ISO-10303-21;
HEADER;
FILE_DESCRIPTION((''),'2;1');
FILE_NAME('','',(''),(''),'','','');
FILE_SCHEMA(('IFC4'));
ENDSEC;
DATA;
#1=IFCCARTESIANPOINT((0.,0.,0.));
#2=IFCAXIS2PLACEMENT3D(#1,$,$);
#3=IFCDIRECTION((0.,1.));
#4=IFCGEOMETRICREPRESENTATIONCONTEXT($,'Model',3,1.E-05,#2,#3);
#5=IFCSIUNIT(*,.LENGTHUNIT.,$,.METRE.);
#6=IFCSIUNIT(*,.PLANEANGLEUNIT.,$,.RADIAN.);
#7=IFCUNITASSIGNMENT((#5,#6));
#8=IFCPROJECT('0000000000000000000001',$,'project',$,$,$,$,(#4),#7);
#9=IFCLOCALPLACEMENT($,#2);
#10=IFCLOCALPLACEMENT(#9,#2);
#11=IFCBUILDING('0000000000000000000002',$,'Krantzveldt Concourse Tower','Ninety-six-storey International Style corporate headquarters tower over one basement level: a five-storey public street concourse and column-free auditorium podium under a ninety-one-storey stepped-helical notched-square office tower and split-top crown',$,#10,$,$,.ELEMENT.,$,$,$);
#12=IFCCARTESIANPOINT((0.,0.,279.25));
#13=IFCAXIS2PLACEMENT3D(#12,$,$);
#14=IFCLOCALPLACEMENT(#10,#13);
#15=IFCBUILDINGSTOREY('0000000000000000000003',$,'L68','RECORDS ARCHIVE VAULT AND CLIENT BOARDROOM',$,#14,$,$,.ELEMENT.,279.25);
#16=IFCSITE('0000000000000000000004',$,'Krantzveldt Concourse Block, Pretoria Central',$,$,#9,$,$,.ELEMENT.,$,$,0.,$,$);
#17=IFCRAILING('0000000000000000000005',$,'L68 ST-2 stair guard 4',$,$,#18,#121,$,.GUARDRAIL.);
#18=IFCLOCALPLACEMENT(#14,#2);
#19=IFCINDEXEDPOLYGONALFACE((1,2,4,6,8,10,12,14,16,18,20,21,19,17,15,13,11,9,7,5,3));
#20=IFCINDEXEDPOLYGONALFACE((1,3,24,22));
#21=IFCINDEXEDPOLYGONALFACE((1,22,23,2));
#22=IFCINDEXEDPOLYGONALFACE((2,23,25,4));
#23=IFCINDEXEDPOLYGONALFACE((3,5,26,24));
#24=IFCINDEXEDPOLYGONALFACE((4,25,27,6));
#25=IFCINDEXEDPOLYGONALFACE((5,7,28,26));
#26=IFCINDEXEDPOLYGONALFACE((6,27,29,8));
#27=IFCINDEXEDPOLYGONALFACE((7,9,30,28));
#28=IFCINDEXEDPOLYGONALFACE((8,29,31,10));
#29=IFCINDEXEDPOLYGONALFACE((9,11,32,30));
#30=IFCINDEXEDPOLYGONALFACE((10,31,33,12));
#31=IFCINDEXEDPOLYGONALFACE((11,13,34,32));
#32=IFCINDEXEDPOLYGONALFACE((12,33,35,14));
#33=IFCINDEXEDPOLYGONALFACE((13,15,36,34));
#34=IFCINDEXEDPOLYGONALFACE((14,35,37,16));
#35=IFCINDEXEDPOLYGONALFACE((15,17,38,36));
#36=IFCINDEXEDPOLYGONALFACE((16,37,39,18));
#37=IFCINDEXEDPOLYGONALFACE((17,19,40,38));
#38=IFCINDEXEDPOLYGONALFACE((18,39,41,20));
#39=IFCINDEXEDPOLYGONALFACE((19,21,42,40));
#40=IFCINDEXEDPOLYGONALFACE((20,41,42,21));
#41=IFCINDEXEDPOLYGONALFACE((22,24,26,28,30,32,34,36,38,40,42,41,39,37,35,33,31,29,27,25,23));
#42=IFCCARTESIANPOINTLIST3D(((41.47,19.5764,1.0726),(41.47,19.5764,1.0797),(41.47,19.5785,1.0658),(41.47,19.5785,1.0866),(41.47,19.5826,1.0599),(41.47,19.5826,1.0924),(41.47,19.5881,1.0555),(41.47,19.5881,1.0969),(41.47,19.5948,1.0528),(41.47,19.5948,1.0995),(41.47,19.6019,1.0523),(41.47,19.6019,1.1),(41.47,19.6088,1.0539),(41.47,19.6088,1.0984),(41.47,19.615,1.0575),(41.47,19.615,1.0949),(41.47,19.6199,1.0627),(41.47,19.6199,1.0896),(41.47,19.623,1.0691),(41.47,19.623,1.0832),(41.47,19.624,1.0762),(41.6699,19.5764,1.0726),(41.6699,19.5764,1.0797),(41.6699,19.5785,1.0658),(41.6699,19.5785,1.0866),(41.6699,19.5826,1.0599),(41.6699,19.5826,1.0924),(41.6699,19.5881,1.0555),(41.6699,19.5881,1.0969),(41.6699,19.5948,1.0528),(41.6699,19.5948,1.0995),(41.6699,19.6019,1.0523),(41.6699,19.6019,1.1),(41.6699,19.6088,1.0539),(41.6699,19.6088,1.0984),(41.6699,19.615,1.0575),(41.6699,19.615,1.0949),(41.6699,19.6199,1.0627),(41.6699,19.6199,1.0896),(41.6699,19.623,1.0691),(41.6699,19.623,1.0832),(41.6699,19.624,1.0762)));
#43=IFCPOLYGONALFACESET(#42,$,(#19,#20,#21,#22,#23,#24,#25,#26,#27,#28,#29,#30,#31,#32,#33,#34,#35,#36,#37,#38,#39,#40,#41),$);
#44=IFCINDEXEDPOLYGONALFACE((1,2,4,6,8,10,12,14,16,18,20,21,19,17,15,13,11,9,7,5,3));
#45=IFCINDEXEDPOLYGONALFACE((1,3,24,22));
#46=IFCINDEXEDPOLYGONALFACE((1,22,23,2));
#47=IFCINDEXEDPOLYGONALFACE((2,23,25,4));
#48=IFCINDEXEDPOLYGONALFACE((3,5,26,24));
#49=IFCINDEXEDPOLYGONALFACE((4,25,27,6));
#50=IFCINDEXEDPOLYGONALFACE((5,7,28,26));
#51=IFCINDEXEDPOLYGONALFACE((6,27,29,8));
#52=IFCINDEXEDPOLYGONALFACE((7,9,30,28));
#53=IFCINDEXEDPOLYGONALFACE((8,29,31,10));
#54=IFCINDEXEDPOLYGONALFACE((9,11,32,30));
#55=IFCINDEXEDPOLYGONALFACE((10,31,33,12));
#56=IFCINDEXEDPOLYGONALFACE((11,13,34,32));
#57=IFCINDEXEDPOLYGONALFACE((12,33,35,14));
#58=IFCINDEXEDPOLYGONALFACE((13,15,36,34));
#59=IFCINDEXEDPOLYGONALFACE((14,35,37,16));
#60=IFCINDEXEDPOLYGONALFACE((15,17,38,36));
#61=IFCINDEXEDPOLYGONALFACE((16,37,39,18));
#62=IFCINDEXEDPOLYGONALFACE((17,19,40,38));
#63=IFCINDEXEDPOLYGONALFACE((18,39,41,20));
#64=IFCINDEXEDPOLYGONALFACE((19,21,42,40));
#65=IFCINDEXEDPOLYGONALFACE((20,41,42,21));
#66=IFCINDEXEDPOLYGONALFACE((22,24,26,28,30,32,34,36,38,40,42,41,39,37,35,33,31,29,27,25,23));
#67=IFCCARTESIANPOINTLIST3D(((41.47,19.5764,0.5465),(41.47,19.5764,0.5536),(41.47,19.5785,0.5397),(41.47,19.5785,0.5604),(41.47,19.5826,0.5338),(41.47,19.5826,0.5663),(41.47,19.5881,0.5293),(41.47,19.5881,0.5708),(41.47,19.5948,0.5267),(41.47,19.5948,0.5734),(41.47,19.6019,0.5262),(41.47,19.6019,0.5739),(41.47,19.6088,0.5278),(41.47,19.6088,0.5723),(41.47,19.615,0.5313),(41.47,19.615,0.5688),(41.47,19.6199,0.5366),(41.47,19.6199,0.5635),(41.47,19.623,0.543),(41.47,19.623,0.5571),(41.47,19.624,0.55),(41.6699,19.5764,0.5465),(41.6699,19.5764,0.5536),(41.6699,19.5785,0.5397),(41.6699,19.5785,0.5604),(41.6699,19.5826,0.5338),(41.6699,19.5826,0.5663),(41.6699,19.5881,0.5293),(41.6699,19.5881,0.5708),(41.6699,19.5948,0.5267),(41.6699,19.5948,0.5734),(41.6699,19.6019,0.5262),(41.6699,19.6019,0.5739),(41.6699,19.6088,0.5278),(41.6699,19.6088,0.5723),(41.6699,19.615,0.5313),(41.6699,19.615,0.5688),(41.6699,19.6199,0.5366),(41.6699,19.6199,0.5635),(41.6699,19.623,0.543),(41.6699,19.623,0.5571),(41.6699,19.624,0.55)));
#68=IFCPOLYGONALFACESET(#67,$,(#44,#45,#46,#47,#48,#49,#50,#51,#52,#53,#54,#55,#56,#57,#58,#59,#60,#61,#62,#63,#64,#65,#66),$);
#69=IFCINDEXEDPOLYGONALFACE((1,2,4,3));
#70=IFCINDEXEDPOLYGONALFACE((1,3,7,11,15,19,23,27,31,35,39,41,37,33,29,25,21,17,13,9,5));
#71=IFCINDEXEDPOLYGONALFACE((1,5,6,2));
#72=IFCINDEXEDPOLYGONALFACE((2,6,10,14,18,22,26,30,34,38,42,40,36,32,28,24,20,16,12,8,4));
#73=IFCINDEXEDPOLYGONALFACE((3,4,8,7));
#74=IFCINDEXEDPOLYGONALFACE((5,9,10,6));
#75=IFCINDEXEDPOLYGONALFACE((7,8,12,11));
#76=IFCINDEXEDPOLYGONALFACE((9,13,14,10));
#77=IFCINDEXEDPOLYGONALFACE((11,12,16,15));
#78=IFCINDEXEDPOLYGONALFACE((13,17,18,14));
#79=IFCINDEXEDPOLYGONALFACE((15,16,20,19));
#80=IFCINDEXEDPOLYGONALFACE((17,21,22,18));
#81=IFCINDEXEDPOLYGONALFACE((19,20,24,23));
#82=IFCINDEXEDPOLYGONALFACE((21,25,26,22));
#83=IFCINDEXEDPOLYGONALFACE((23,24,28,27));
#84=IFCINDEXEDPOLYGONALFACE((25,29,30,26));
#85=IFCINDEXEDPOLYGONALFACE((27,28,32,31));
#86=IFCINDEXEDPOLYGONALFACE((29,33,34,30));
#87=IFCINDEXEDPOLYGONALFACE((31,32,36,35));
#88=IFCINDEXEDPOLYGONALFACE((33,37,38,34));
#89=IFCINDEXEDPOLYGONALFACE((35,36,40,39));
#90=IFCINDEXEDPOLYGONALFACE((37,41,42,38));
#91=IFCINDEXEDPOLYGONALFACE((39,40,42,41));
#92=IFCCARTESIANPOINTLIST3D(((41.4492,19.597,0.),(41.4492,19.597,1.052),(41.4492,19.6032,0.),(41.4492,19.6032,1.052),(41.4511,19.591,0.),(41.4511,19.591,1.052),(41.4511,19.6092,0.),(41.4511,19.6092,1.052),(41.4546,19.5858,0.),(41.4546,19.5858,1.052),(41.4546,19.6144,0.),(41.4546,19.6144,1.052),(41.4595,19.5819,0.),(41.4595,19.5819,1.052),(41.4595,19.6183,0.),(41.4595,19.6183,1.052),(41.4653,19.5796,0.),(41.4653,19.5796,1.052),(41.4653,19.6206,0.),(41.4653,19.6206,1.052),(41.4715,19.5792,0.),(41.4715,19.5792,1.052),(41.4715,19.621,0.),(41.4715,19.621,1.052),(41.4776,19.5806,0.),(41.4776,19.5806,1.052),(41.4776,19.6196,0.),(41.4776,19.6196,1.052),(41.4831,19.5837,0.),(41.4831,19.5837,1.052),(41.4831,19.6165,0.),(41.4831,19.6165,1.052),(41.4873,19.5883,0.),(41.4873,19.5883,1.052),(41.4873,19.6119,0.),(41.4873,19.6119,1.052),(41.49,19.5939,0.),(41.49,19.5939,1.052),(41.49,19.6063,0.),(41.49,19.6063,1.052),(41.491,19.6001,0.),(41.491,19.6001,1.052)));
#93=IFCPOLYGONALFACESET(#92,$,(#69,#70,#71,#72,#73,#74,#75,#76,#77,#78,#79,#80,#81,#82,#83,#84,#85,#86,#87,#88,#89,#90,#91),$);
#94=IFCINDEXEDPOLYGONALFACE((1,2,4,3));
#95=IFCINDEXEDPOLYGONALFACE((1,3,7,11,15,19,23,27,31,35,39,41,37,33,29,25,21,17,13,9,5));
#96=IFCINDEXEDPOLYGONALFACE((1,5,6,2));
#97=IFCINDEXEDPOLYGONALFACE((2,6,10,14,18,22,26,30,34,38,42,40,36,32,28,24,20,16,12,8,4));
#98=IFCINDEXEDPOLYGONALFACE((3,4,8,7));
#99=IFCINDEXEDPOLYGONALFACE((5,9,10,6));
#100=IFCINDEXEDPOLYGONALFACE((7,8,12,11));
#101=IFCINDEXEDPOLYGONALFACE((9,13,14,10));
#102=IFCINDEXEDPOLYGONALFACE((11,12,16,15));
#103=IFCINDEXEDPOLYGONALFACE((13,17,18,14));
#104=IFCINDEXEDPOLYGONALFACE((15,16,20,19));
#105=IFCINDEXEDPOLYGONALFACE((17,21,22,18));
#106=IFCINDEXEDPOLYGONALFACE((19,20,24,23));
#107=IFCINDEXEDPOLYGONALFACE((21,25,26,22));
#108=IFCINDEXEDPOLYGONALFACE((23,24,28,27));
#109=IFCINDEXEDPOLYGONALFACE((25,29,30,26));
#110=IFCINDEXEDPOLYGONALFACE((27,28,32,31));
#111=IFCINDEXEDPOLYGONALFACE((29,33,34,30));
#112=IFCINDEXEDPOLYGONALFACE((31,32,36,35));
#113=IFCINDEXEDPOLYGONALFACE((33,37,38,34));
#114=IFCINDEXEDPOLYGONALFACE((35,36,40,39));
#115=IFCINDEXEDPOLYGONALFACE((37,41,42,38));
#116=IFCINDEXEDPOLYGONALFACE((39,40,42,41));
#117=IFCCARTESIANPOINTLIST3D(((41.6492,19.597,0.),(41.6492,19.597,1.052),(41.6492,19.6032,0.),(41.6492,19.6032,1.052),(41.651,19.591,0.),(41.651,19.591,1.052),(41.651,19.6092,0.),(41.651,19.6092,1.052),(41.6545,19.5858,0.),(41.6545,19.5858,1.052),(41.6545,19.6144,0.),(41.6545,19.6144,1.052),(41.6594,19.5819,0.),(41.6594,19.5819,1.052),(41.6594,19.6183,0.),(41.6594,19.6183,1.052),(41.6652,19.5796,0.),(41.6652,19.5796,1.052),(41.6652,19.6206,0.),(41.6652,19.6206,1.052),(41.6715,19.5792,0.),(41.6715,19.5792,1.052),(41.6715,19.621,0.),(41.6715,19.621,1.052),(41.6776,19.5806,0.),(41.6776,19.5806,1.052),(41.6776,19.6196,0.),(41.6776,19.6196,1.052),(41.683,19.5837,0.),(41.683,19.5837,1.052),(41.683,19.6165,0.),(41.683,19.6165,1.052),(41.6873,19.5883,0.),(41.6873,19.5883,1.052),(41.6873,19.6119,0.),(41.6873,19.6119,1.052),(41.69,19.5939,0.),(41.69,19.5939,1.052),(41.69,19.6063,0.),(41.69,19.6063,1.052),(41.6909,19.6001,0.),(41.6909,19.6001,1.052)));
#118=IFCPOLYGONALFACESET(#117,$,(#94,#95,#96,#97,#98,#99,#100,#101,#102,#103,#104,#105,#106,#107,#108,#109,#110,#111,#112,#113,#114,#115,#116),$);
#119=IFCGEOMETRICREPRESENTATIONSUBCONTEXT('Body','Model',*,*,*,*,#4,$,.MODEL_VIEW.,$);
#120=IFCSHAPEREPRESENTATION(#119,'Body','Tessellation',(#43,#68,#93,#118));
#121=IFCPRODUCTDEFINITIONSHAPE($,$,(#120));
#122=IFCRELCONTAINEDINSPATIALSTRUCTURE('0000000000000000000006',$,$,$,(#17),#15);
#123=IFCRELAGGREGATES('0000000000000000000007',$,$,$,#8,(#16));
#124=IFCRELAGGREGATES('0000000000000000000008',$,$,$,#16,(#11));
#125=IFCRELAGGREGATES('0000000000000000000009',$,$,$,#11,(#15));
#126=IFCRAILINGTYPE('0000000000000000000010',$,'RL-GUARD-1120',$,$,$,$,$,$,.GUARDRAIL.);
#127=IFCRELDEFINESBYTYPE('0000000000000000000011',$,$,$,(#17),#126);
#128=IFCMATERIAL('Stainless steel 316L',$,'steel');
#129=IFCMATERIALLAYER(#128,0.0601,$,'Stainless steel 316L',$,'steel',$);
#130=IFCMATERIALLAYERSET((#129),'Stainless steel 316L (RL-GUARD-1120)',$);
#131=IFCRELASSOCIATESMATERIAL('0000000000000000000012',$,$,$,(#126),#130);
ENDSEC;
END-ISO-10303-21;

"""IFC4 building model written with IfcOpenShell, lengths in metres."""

from ifc_helpers import new_model, si_unit, direction, frame, origin, origin_2d, place, context, subcontext, project, spatial, circle, extrude, material, layer, layer_set, type_object, element, save


model = new_model("IFC4")

# Units and contexts
model_context = context("Model", 3, precision=1e-05, world=origin(), true_north=direction((0.0, 1.0)))
body_context = subcontext(model_context, "Body", "Model", "MODEL_VIEW")
ifc_project = project(units=[si_unit("LENGTHUNIT", "METRE"), si_unit("PLANEANGLEUNIT", "RADIAN")], contexts=[model_context])

# Site, building, storey
site_placement = place(None, origin())
site = spatial("IfcSite", under=ifc_project, at=site_placement, Name="Krantzveldt Concourse Block, Pretoria Central", CompositionType="ELEMENT", RefElevation=0.0)
building_placement = place(site_placement, origin())
building = spatial("IfcBuilding", under=site, at=building_placement, Name="Krantzveldt Concourse Tower", Description="Ninety-six-storey International Style corporate headquarters tower over one basement level: a five-storey public street concourse and column-free auditorium podium under a ninety-one-storey stepped-helical notched-square office tower and split-top crown", CompositionType="ELEMENT")
storey_placement = place(building_placement, frame((0.0, 0.0, 279.25)))
storey = spatial("IfcBuildingStorey", under=building, at=storey_placement, Name="L68", Description="RECORDS ARCHIVE VAULT AND CLIENT BOARDROOM", CompositionType="ELEMENT", Elevation=279.25)

# Railing
ifc_material_1 = material(Name="Stainless steel 316L", Category="steel")
ifc_layer_1 = layer(ifc_material_1, 0.0601, Name="Stainless steel 316L", Category="steel")
ifc_layer_set_1 = layer_set([ifc_layer_1], Name="Stainless steel 316L (RL-GUARD-1120)")
railing_type_1 = type_object("IfcRailingType", Name="RL-GUARD-1120", PredefinedType="GUARDRAIL", material=ifc_layer_set_1)
railing_1_placement = place(storey_placement, frame((41.47, 19.6001, 0.0)))
element("IfcRailing", 1, at=railing_1_placement, inside=storey, type_object=railing_type_1, Name="L68 ST-2 stair guard 4", PredefinedType="GUARDRAIL", context=body_context, shape_type="SweptSolid", body=[
    extrude(circle(Radius=0.0239, at=origin_2d()), frame((0.0, 0.0, 1.0762), z_axis=(1.0, 0.0, 0.0), x_axis=(0.0, 1.0, 0.0)), (0.0, 0.0, 1.0), 0.2),
    extrude(circle(Radius=0.0239, at=origin_2d()), frame((0.0, 0.0, 0.55), z_axis=(1.0, 0.0, 0.0), x_axis=(0.0, 1.0, 0.0)), (0.0, 0.0, 1.0), 0.2),
    extrude(circle(Radius=0.021, at=origin_2d()), origin(), (0.0, 0.0, 1.0), 1.052),
    extrude(circle(Radius=0.021, at=origin_2d()), frame((0.2, 0.0, 0.0)), (0.0, 0.0, 1.0), 1.052),
])

save(model, "model.ifc")
